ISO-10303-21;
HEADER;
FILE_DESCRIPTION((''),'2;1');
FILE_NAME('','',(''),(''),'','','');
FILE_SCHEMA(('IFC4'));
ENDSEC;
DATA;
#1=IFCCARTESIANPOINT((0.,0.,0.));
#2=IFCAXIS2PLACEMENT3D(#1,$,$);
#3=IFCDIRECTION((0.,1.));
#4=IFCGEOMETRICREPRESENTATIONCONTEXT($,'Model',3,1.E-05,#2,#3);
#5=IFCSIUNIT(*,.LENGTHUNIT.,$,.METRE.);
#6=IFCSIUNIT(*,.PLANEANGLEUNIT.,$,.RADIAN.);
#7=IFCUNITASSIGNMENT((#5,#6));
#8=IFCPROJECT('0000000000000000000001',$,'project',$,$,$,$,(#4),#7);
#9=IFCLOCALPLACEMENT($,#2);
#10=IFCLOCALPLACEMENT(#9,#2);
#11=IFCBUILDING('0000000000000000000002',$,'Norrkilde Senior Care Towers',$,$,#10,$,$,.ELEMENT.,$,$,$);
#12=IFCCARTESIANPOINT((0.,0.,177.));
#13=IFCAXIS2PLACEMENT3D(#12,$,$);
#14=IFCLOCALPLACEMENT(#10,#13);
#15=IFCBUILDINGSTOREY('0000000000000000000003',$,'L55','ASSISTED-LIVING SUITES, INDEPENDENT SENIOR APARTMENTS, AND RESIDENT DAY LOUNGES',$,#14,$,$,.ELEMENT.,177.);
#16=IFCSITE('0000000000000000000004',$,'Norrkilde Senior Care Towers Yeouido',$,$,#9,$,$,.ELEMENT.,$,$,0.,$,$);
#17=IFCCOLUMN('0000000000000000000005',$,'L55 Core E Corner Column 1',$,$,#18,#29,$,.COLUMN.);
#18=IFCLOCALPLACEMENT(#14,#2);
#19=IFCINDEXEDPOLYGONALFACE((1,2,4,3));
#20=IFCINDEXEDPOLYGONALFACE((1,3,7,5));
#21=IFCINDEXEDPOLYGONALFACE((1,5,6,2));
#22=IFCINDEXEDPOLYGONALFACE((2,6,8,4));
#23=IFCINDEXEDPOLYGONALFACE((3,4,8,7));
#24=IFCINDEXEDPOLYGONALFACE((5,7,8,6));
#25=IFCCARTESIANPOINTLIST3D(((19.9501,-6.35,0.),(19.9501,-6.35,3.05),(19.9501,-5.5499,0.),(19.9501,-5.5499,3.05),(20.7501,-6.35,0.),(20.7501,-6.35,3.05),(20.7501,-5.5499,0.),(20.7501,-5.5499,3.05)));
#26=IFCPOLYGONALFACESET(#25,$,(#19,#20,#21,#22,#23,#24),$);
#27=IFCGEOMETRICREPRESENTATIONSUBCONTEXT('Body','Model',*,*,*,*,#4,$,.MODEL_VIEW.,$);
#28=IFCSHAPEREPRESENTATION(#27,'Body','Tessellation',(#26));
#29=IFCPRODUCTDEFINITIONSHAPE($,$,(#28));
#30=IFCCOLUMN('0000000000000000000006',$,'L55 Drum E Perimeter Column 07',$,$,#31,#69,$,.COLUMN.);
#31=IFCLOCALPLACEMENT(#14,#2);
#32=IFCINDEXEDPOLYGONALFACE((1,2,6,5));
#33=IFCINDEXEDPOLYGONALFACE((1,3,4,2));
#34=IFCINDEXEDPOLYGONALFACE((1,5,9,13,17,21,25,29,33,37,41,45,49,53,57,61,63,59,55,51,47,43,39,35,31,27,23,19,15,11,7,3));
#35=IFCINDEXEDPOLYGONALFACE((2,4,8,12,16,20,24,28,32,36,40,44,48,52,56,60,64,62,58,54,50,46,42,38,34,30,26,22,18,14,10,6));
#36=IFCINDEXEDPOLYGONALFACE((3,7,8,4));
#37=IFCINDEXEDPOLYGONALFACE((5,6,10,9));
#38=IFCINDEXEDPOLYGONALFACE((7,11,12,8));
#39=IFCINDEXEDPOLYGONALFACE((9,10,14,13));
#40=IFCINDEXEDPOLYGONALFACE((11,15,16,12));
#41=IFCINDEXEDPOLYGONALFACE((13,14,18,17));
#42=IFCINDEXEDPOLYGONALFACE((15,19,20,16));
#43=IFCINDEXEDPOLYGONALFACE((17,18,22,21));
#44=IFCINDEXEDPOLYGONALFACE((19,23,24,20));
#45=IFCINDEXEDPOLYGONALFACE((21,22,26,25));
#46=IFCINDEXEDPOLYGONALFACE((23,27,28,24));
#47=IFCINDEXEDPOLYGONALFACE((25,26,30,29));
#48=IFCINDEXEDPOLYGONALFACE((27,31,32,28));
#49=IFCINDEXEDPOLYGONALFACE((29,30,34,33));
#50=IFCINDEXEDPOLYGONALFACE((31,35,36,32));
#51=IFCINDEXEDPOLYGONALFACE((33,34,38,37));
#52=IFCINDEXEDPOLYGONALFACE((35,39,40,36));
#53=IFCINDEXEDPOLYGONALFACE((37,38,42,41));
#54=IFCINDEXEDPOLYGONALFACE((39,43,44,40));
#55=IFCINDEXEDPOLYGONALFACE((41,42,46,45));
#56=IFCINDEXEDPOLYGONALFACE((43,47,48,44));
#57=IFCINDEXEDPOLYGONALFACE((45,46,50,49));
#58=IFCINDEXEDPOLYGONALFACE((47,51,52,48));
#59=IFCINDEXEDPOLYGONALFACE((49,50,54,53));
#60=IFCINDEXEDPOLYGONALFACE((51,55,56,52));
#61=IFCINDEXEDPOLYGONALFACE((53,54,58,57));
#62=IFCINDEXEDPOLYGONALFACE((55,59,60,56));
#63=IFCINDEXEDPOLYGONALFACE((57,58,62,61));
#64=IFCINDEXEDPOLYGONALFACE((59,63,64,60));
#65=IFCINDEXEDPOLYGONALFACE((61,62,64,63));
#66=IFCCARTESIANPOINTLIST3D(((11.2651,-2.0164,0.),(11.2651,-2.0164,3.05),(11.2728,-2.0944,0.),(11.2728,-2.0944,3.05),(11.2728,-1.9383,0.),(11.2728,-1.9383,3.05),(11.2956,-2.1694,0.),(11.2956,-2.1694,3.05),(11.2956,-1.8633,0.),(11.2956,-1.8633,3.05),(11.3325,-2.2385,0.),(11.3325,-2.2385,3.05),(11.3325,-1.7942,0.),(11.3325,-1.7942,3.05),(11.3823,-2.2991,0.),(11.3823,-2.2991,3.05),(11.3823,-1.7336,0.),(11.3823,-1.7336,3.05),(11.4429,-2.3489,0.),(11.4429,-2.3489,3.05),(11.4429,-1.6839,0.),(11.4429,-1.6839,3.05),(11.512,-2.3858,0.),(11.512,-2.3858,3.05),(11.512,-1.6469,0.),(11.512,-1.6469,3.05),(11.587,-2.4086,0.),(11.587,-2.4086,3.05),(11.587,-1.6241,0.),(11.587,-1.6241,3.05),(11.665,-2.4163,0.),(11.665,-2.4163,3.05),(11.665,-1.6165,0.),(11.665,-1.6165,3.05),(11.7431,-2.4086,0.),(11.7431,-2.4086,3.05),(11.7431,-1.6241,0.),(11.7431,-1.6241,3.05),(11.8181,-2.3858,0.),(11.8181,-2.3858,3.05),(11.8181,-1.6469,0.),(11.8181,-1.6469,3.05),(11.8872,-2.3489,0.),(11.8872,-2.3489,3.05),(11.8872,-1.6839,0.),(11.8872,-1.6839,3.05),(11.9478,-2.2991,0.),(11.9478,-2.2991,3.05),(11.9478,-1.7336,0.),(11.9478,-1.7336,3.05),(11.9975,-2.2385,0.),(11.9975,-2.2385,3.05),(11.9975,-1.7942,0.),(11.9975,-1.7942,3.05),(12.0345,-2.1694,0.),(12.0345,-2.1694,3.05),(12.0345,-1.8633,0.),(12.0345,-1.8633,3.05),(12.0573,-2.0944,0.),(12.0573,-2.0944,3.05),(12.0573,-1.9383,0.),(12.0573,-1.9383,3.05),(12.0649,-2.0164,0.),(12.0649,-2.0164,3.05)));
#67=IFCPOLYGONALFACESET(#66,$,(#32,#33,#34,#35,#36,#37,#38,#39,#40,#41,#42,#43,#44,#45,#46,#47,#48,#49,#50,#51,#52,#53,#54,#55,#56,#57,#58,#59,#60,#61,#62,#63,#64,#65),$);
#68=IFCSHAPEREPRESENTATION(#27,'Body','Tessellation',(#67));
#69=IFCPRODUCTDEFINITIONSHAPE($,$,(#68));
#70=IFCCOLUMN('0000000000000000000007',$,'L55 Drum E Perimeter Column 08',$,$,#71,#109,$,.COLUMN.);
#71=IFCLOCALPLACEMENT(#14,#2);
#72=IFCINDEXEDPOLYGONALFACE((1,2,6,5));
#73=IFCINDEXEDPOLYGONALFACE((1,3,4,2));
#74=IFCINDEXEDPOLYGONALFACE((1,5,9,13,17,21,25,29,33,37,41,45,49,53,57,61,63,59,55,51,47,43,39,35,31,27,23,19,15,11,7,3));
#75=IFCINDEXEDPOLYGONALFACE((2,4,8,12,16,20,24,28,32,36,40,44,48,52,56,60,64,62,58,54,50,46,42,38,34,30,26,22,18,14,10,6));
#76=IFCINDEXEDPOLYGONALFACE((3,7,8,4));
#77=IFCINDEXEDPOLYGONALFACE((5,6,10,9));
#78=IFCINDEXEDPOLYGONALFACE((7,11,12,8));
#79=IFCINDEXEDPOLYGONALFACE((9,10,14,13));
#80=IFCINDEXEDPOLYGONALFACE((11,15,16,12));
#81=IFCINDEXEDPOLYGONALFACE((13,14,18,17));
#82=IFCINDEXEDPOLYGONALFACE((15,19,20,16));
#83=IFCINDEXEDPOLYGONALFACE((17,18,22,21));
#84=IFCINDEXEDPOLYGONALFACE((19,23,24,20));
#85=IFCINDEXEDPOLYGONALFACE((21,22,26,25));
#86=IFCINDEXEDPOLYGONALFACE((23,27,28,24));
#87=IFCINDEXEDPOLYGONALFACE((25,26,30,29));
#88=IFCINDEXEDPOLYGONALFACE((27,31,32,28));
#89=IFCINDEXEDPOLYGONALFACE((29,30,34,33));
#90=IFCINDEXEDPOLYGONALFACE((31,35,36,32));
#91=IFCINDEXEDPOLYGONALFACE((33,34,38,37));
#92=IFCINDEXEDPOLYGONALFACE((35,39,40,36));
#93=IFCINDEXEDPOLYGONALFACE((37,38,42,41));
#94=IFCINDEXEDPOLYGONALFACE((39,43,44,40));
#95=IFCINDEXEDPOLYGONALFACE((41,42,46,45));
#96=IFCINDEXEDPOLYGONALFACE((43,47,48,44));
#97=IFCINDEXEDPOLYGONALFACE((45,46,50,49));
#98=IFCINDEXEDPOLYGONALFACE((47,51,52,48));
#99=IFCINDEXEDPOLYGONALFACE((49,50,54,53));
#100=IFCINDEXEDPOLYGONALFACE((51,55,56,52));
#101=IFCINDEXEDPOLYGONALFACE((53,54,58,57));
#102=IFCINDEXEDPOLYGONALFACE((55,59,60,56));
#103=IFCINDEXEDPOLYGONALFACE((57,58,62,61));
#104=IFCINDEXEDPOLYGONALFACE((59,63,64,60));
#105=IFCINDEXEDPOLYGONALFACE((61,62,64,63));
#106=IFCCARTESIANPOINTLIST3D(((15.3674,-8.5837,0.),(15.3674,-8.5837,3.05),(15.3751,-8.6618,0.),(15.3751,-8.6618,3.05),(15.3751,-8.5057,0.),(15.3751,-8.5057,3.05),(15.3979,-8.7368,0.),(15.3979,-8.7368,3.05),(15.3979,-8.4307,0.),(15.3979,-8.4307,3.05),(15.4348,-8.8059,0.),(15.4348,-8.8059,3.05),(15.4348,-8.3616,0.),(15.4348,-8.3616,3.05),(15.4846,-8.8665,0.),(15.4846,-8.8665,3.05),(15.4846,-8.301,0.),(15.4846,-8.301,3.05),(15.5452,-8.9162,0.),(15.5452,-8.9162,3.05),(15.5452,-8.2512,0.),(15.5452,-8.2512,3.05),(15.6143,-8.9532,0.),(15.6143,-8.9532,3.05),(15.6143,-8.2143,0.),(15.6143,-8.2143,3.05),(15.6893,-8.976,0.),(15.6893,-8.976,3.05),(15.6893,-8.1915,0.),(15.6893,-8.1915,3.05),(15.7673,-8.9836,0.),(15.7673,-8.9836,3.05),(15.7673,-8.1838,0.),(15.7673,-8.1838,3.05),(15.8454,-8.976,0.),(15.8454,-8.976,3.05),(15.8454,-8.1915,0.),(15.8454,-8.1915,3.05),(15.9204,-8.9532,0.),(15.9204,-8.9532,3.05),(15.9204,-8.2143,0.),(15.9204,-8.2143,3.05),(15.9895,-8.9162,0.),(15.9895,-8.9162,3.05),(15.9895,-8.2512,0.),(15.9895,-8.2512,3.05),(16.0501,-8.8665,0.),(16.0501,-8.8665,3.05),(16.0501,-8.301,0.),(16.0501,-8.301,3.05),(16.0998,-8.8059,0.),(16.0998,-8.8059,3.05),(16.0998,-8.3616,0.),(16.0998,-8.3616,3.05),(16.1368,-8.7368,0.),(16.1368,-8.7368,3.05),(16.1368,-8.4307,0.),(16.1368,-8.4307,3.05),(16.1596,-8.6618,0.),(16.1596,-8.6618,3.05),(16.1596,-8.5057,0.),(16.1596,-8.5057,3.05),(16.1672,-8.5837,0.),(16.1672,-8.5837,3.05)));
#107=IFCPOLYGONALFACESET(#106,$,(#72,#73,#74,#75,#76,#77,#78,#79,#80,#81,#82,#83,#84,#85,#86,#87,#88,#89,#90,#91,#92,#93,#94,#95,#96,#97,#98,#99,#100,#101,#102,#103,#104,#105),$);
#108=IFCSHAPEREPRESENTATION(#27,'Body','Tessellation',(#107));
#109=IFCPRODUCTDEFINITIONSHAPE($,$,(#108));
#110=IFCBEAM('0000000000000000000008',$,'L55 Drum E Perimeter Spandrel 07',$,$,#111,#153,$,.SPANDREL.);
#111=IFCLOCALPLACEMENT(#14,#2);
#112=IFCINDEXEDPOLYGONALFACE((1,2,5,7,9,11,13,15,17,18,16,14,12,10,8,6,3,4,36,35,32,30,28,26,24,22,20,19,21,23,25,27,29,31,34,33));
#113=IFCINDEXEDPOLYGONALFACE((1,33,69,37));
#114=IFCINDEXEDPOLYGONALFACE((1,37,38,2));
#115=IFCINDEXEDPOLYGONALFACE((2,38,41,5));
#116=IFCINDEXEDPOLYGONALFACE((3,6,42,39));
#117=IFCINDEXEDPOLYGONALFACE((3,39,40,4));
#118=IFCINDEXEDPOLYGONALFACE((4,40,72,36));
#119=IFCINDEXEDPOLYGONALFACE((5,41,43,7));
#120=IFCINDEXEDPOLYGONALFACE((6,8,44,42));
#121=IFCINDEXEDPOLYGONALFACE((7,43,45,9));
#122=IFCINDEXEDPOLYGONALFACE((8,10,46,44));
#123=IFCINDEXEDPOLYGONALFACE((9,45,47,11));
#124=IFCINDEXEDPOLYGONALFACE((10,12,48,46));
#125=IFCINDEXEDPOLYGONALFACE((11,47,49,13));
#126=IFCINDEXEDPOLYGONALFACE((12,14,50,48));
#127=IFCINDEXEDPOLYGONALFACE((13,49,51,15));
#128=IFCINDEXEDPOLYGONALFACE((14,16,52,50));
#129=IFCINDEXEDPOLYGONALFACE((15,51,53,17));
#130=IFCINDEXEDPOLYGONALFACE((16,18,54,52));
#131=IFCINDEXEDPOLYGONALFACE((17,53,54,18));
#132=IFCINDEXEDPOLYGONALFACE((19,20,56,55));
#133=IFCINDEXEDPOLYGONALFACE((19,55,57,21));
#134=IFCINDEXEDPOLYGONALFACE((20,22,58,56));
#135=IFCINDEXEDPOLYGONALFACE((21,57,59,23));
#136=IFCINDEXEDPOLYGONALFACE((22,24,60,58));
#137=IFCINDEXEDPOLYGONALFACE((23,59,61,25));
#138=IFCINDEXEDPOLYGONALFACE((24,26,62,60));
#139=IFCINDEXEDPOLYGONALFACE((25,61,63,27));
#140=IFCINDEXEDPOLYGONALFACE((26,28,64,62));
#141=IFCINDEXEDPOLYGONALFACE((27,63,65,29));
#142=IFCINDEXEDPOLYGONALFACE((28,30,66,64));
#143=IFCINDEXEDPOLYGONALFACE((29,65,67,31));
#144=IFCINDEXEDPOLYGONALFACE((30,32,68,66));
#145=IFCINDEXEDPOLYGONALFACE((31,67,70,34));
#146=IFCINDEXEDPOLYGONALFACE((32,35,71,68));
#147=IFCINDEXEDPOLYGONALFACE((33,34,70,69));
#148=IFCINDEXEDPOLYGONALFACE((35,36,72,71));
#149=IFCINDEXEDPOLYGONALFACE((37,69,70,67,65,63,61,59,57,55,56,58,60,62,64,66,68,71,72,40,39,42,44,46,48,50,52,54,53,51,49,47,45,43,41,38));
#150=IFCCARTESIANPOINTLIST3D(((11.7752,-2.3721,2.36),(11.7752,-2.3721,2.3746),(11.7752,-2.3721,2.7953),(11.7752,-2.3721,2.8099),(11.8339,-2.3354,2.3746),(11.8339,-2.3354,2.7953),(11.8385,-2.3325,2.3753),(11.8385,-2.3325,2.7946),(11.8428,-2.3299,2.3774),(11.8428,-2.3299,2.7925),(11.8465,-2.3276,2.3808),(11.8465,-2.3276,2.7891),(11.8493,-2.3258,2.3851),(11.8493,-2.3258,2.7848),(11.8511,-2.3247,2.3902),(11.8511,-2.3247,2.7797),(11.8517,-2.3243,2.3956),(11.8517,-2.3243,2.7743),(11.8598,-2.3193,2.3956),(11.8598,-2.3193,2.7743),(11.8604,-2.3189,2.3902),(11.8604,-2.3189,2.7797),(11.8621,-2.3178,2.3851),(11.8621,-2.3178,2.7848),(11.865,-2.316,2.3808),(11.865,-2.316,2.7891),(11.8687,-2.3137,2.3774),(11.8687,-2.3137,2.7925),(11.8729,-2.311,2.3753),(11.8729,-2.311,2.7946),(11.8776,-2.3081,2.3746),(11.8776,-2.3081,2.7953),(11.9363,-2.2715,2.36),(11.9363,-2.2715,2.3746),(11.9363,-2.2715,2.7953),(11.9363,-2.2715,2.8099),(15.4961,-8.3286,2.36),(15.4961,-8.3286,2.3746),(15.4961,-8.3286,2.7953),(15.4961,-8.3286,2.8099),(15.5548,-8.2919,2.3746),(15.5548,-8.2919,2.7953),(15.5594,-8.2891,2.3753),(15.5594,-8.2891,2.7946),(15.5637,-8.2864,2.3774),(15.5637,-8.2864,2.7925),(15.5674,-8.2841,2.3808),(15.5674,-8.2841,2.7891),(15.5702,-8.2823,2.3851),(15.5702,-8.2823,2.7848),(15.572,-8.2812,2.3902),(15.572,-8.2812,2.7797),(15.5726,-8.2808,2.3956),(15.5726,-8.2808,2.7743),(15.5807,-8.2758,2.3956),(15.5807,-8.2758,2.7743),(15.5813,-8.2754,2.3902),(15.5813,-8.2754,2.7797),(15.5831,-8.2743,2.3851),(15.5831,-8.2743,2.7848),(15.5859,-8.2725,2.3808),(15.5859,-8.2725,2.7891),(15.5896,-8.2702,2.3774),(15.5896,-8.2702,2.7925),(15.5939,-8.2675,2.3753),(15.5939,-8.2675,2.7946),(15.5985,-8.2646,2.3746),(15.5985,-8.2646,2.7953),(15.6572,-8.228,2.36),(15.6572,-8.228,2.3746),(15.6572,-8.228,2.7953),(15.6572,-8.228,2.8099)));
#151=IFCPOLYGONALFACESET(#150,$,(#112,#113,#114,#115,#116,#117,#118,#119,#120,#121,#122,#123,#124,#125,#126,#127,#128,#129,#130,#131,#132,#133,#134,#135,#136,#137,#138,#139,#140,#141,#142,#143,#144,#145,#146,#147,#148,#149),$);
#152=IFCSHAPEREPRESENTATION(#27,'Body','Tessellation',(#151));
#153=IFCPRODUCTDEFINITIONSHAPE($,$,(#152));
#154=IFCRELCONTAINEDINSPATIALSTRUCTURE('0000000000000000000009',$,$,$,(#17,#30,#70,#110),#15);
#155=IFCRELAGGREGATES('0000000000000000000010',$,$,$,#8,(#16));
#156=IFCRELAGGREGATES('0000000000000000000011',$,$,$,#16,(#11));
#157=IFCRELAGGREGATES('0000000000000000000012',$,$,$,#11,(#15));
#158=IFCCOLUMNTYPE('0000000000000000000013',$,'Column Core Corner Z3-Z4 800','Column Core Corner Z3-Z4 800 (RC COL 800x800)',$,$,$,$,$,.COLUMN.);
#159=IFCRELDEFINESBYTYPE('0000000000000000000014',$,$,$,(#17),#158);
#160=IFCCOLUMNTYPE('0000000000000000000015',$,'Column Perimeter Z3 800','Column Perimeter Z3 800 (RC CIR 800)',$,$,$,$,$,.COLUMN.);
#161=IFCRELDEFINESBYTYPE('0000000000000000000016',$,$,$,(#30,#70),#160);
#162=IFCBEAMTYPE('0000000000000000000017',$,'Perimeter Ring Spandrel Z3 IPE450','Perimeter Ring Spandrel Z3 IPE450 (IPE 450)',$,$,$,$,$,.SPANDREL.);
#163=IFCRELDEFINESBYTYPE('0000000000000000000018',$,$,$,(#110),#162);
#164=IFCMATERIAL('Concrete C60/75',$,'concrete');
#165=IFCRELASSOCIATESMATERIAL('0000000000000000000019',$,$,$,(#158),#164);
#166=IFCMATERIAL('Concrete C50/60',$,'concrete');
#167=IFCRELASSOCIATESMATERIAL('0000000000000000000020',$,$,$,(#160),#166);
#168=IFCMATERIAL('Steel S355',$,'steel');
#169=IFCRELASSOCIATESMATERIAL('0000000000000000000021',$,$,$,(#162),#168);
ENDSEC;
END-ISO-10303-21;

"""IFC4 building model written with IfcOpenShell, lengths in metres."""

from ifc_helpers import new_model, si_unit, direction, frame, origin, origin_2d, place, context, subcontext, project, spatial, rectangle, circle, i_section, extrude, source, transform, mapped, material, material_profile, profile_set, type_object, type_shapes, element, save


model = new_model("IFC4")

# Units and contexts
model_context = context("Model", 3, precision=1e-05, world=origin(), true_north=direction((0.0, 1.0)))
body_context = subcontext(model_context, "Body", "Model", "MODEL_VIEW")
ifc_project = project(units=[si_unit("LENGTHUNIT", "METRE"), si_unit("PLANEANGLEUNIT", "RADIAN")], contexts=[model_context])

# Site, building, storey
site_placement = place(None, origin())
site = spatial("IfcSite", under=ifc_project, at=site_placement, Name="Norrkilde Senior Care Towers Yeouido", CompositionType="ELEMENT", RefElevation=0.0)
building_placement = place(site_placement, origin())
building = spatial("IfcBuilding", under=site, at=building_placement, Name="Norrkilde Senior Care Towers", CompositionType="ELEMENT")
storey_placement = place(building_placement, frame((0.0, 0.0, 177.0)))
storey = spatial("IfcBuildingStorey", under=building, at=storey_placement, Name="L55", Description="ASSISTED-LIVING SUITES, INDEPENDENT SENIOR APARTMENTS, AND RESIDENT DAY LOUNGES", CompositionType="ELEMENT", Elevation=177.0)

# Columns
ifc_material_1 = material(Name="Concrete C60/75", Category="concrete")
ifc_material_profile_1 = material_profile(ifc_material_1, rectangle(XDim=0.8, YDim=0.8, at=origin_2d()), Name="RC COL 800x800")
ifc_profile_set_1 = profile_set([ifc_material_profile_1], Name="Concrete C60/75")
column_type_1 = type_object("IfcColumnType", Name="Column Core Corner Z3-Z4 800", Description="Column Core Corner Z3-Z4 800 (RC COL 800x800)", PredefinedType="COLUMN", material=ifc_profile_set_1)
shared_shape_1 = source(origin(), body_context, "Body", "SweptSolid", [
    extrude(rectangle(XDim=0.8, YDim=0.8, at=origin_2d()), origin(), (0.0, 0.0, 1.0), 3.05),
])
type_shapes(column_type_1, [shared_shape_1])
column_placement = place(storey_placement, frame((20.3501, -5.95, 0.0), z_axis=(0.0, 0.0, 1.0), x_axis=(1.0, 0.0, 0.0)))
element("IfcColumn", 1, at=column_placement, inside=storey, type_object=column_type_1, Name="L55 Core E Corner Column 1", PredefinedType="COLUMN", context=body_context, shape_type="MappedRepresentation", body=[
    mapped(shared_shape_1, transform((0.0, 0.0, 0.0), x_axis=(1.0, 0.0, 0.0), y_axis=(0.0, 1.0, 0.0), z_axis=(0.0, 0.0, 1.0), scale=1.0)),
])
ifc_material_2 = material(Name="Concrete C50/60", Category="concrete")
ifc_material_profile_2 = material_profile(ifc_material_2, circle(Radius=0.3999, at=origin_2d()), Name="RC CIR 800")
ifc_profile_set_2 = profile_set([ifc_material_profile_2], Name="Concrete C50/60")
column_type_2 = type_object("IfcColumnType", Name="Column Perimeter Z3 800", Description="Column Perimeter Z3 800 (RC CIR 800)", PredefinedType="COLUMN", material=ifc_profile_set_2)
shared_shape_2 = source(origin(), body_context, "Body", "SweptSolid", [
    extrude(circle(Radius=0.3999, at=origin_2d()), origin(), (0.0, 0.0, 1.0), 3.05),
])
type_shapes(column_type_2, [shared_shape_2])
for number, where, z_axis, x_axis, name in (
    (2, (11.665, -2.0164, 0.0), (0.0, 0.0, 1.0), (1.0, 0.0, 0.0), "L55 Drum E Perimeter Column 07"),
    (3, (15.7673, -8.5837, 0.0), (0.0, 0.0, 1.0), (1.0, 0.0, 0.0), "L55 Drum E Perimeter Column 08"),
):
    element("IfcColumn", number, at=place(storey_placement, frame(where, z_axis=z_axis, x_axis=x_axis)), inside=storey, type_object=column_type_2, Name=name, PredefinedType="COLUMN", context=body_context, shape_type="MappedRepresentation", body=[
        mapped(shared_shape_2, transform((0.0, 0.0, 0.0), x_axis=(1.0, 0.0, 0.0), y_axis=(0.0, 1.0, 0.0), z_axis=(0.0, 0.0, 1.0), scale=1.0)),
    ])

# Beam
ifc_material_3 = material(Name="Steel S355", Category="steel")
ifc_material_profile_3 = material_profile(ifc_material_3, i_section(OverallWidth=0.1899, OverallDepth=0.45, WebThickness=0.0095, FlangeThickness=0.0146, FilletRadius=0.021, at=origin_2d()), Name="IPE 450")
ifc_profile_set_3 = profile_set([ifc_material_profile_3], Name="Steel S355")
beam_type = type_object("IfcBeamType", Name="Perimeter Ring Spandrel Z3 IPE450", Description="Perimeter Ring Spandrel Z3 IPE450 (IPE 450)", PredefinedType="SPANDREL", material=ifc_profile_set_3)
shared_shape_3 = source(origin(), body_context, "Body", "SweptSolid", [
    extrude(i_section(OverallWidth=0.1899, OverallDepth=0.45, WebThickness=0.0095, FlangeThickness=0.0146, FilletRadius=0.021, at=origin_2d()), origin(), (0.0, 0.0, 1.0), 7.0232),
])
beam_1_placement = place(storey_placement, frame((11.8557, -2.3218, 2.585), z_axis=(0.529805, -0.848119, 0.0), x_axis=(0.848119, 0.529805, 0.0)))
element("IfcBeam", 4, at=beam_1_placement, inside=storey, type_object=beam_type, Name="L55 Drum E Perimeter Spandrel 07", PredefinedType="SPANDREL", context=body_context, shape_type="MappedRepresentation", body=[
    mapped(shared_shape_3, transform((0.0, 0.0, 0.0), x_axis=(1.0, 0.0, 0.0), y_axis=(0.0, 1.0, 0.0), z_axis=(0.0, 0.0, 1.0), scale=1.0)),
])

save(model, "model.ifc")
